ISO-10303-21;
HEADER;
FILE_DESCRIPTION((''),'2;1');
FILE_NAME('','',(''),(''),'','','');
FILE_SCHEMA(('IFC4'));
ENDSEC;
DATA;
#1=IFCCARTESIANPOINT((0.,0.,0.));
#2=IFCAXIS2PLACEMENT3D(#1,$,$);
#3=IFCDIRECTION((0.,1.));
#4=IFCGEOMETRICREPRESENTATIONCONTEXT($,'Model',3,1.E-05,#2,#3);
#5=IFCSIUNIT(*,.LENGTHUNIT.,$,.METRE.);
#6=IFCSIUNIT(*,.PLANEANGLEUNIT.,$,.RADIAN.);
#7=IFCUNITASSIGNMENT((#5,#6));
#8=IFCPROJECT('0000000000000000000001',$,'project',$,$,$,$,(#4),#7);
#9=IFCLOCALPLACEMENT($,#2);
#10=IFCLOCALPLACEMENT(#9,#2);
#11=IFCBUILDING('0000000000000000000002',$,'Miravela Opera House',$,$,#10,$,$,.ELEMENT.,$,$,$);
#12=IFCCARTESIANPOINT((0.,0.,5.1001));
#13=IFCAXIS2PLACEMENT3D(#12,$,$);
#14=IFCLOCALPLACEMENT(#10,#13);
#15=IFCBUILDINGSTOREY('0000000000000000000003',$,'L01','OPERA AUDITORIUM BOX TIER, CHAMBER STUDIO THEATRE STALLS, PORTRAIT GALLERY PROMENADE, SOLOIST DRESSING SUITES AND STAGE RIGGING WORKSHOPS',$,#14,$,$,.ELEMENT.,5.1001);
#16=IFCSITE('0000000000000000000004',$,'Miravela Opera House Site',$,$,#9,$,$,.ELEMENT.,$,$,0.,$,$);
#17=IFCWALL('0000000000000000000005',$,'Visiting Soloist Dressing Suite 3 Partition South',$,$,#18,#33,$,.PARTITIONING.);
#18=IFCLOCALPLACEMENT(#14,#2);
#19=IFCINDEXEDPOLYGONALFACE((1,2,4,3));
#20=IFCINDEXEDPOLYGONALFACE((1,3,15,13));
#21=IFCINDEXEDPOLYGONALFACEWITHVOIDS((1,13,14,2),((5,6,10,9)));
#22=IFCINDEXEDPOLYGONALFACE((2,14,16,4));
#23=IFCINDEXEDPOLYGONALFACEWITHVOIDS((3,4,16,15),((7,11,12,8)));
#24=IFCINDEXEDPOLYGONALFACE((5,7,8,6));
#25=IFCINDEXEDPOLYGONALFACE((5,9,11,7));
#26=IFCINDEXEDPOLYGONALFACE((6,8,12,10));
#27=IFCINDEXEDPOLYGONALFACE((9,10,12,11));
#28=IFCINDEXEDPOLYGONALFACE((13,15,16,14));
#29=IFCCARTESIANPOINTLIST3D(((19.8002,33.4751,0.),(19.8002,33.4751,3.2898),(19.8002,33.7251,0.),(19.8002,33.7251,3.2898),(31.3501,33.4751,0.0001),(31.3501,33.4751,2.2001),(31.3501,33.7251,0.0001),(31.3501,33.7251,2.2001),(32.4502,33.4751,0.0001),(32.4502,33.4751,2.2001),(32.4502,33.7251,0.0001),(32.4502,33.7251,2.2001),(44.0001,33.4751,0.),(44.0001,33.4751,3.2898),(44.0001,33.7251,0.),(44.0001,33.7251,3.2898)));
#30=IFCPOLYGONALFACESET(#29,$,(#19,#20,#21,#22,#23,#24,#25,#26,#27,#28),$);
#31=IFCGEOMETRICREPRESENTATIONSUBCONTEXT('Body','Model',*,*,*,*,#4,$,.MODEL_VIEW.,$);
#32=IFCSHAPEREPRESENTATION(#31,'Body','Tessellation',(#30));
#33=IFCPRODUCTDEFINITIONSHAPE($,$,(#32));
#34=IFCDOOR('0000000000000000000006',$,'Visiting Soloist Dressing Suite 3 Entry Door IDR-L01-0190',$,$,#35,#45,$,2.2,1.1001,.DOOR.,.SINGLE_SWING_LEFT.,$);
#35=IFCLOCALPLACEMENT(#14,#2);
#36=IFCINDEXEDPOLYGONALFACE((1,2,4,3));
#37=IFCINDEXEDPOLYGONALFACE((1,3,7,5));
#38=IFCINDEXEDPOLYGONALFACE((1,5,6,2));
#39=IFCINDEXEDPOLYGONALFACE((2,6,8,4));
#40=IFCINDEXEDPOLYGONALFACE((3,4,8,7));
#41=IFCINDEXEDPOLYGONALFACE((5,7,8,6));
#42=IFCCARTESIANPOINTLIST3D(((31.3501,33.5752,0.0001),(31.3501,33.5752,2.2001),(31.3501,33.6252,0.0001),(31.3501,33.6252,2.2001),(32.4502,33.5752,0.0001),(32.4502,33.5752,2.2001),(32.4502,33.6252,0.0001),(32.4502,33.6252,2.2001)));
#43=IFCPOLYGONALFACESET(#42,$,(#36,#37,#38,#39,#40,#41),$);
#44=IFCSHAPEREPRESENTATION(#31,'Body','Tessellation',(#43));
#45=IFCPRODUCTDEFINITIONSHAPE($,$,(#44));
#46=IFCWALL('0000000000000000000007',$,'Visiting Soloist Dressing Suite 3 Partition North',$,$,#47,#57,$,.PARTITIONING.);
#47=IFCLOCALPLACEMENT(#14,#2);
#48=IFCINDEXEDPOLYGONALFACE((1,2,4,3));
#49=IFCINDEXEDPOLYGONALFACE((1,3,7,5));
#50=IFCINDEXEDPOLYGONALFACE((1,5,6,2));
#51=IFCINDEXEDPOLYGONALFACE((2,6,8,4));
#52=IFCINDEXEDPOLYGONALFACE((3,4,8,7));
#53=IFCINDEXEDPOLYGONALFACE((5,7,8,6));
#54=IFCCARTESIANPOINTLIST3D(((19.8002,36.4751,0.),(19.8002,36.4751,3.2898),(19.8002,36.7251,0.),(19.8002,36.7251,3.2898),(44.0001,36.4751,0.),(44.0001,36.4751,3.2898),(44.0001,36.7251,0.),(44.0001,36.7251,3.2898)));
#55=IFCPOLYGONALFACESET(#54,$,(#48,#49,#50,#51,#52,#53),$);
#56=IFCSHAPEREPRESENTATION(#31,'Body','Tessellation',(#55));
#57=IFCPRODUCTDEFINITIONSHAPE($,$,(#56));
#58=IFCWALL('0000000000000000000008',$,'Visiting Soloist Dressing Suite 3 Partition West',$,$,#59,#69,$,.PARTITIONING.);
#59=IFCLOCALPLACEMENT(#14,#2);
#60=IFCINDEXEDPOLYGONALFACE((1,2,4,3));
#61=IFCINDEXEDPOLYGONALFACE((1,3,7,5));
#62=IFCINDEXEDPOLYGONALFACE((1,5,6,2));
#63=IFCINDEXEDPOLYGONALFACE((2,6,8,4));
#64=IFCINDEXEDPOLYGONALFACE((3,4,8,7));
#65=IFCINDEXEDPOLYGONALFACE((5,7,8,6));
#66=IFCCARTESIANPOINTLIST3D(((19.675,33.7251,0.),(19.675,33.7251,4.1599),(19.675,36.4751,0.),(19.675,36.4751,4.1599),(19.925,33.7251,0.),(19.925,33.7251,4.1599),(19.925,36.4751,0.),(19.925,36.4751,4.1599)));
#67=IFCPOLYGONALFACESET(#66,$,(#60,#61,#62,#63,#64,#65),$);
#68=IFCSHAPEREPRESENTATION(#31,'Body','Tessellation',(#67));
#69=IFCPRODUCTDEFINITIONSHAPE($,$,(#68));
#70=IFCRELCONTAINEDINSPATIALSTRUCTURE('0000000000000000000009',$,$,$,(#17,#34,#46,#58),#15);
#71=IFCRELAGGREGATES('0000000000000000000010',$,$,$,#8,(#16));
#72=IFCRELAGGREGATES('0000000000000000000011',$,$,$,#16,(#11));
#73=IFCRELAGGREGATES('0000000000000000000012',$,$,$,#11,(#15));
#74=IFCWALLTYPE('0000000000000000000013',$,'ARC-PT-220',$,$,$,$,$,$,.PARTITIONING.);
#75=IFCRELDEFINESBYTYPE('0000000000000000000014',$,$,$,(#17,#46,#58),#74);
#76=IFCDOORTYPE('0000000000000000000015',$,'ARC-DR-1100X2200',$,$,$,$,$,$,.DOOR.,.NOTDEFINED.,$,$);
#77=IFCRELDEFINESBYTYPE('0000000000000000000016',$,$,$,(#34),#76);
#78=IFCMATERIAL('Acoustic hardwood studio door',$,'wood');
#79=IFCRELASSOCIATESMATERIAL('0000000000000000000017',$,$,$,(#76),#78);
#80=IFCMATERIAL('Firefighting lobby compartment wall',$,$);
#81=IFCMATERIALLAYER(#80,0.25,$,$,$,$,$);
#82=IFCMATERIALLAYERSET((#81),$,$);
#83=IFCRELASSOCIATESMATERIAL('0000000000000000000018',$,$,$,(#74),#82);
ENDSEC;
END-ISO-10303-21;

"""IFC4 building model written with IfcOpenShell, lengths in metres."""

from ifc_helpers import new_model, si_unit, direction, frame, frame_2d, origin, place, context, subcontext, project, spatial, rectangle, extrude, material, layer, layer_set, type_object, element, fill, save


model = new_model("IFC4")

# Units and contexts
model_context = context("Model", 3, precision=1e-05, world=origin(), true_north=direction((0.0, 1.0)))
body_context = subcontext(model_context, "Body", "Model", "MODEL_VIEW")
ifc_project = project(units=[si_unit("LENGTHUNIT", "METRE"), si_unit("PLANEANGLEUNIT", "RADIAN")], contexts=[model_context])

# Site, building, storey
site_placement = place(None, origin())
site = spatial("IfcSite", under=ifc_project, at=site_placement, Name="Miravela Opera House Site", CompositionType="ELEMENT", RefElevation=0.0)
building_placement = place(site_placement, origin())
building = spatial("IfcBuilding", under=site, at=building_placement, Name="Miravela Opera House", CompositionType="ELEMENT")
storey_placement = place(building_placement, frame((0.0, 0.0, 5.1001)))
storey = spatial("IfcBuildingStorey", under=building, at=storey_placement, Name="L01", Description="OPERA AUDITORIUM BOX TIER, CHAMBER STUDIO THEATRE STALLS, PORTRAIT GALLERY PROMENADE, SOLOIST DRESSING SUITES AND STAGE RIGGING WORKSHOPS", CompositionType="ELEMENT", Elevation=5.1001)

# Wall, opening, door
ifc_material_1 = material(Name="Acoustic hardwood studio door", Category="wood")
door_type = type_object("IfcDoorType", Name="ARC-DR-1100X2200", OperationType="NOTDEFINED", PredefinedType="DOOR", material=ifc_material_1)
ifc_material_2 = material(Name="Firefighting lobby compartment wall")
ifc_layer_1 = layer(ifc_material_2, 0.25)
ifc_layer_set_1 = layer_set([ifc_layer_1])
wall_type_1 = type_object("IfcWallType", Name="ARC-PT-220", PredefinedType="PARTITIONING", material=ifc_layer_set_1)
wall_1_placement = place(storey_placement, frame((19.8, 33.6001, 0.0), z_axis=(0.0, 0.0, 1.0), x_axis=(1.0, 0.0, 0.0)))
wall_1 = element("IfcWall", 1, at=wall_1_placement, inside=storey, type_object=wall_type_1, Name="Visiting Soloist Dressing Suite 3 Partition South", PredefinedType="PARTITIONING", context=body_context, shape_type="SweptSolid", body=[
    extrude(rectangle(XDim=24.2, YDim=0.25, at=frame_2d((12.1001, 0.0))), origin(), (0.0, 0.0, 1.0), 3.2898),
])
opening_1_placement = place(wall_1_placement, frame((11.55, 0.0, 0.0)))
opening_1 = element("IfcOpeningElement", 2, at=opening_1_placement, cuts=wall_1, PredefinedType="OPENING", context=body_context, shape_type="SweptSolid", body=[
    extrude(rectangle(XDim=1.1001, YDim=2.2, at=frame_2d((0.55, 1.1001))), frame((0.0, 0.135, 0.0), z_axis=(0.0, -1.0, 0.0), x_axis=(1.0, 0.0, 0.0)), (0.0, 0.0, 1.0), 0.27),
])
door_1_placement = place(opening_1_placement, frame((1.1001, 0.0, 0.0), z_axis=(0.0, 0.0, 1.0), x_axis=(-1.0, 0.0, 0.0)))
door_1 = element("IfcDoor", 3, at=door_1_placement, inside=storey, type_object=door_type, Name="Visiting Soloist Dressing Suite 3 Entry Door IDR-L01-0190", OperationType="SINGLE_SWING_LEFT", OverallHeight=2.2, OverallWidth=1.1001, PredefinedType="DOOR", context=body_context, shape_type="SweptSolid", body=[
    extrude(rectangle(XDim=1.1001, YDim=2.2, at=frame_2d((0.55, 1.1001))), frame((0.0, 0.0249, 0.0), z_axis=(0.0, -1.0, 0.0), x_axis=(1.0, 0.0, 0.0)), (0.0, 0.0, 1.0), 0.05),
])
fill(opening_1, door_1)

# Walls
wall_2_placement = place(storey_placement, frame((19.8, 36.6001, 0.0), z_axis=(0.0, 0.0, 1.0), x_axis=(1.0, 0.0, 0.0)))
element("IfcWall", 4, at=wall_2_placement, inside=storey, type_object=wall_type_1, Name="Visiting Soloist Dressing Suite 3 Partition North", PredefinedType="PARTITIONING", context=body_context, shape_type="SweptSolid", body=[
    extrude(rectangle(XDim=24.2, YDim=0.25, at=frame_2d((12.1001, 0.0))), origin(), (0.0, 0.0, 1.0), 3.2898),
])
wall_3_placement = place(storey_placement, frame((19.8, 33.7251, 0.0), z_axis=(0.0, 0.0, 1.0), x_axis=(0.0, 1.0, 0.0)))
element("IfcWall", 5, at=wall_3_placement, inside=storey, type_object=wall_type_1, Name="Visiting Soloist Dressing Suite 3 Partition West", PredefinedType="PARTITIONING", context=body_context, shape_type="SweptSolid", body=[
    extrude(rectangle(XDim=2.75, YDim=0.25, at=frame_2d((1.375, 0.0))), origin(), (0.0, 0.0, 1.0), 4.1599),
])

save(model, "model.ifc")
